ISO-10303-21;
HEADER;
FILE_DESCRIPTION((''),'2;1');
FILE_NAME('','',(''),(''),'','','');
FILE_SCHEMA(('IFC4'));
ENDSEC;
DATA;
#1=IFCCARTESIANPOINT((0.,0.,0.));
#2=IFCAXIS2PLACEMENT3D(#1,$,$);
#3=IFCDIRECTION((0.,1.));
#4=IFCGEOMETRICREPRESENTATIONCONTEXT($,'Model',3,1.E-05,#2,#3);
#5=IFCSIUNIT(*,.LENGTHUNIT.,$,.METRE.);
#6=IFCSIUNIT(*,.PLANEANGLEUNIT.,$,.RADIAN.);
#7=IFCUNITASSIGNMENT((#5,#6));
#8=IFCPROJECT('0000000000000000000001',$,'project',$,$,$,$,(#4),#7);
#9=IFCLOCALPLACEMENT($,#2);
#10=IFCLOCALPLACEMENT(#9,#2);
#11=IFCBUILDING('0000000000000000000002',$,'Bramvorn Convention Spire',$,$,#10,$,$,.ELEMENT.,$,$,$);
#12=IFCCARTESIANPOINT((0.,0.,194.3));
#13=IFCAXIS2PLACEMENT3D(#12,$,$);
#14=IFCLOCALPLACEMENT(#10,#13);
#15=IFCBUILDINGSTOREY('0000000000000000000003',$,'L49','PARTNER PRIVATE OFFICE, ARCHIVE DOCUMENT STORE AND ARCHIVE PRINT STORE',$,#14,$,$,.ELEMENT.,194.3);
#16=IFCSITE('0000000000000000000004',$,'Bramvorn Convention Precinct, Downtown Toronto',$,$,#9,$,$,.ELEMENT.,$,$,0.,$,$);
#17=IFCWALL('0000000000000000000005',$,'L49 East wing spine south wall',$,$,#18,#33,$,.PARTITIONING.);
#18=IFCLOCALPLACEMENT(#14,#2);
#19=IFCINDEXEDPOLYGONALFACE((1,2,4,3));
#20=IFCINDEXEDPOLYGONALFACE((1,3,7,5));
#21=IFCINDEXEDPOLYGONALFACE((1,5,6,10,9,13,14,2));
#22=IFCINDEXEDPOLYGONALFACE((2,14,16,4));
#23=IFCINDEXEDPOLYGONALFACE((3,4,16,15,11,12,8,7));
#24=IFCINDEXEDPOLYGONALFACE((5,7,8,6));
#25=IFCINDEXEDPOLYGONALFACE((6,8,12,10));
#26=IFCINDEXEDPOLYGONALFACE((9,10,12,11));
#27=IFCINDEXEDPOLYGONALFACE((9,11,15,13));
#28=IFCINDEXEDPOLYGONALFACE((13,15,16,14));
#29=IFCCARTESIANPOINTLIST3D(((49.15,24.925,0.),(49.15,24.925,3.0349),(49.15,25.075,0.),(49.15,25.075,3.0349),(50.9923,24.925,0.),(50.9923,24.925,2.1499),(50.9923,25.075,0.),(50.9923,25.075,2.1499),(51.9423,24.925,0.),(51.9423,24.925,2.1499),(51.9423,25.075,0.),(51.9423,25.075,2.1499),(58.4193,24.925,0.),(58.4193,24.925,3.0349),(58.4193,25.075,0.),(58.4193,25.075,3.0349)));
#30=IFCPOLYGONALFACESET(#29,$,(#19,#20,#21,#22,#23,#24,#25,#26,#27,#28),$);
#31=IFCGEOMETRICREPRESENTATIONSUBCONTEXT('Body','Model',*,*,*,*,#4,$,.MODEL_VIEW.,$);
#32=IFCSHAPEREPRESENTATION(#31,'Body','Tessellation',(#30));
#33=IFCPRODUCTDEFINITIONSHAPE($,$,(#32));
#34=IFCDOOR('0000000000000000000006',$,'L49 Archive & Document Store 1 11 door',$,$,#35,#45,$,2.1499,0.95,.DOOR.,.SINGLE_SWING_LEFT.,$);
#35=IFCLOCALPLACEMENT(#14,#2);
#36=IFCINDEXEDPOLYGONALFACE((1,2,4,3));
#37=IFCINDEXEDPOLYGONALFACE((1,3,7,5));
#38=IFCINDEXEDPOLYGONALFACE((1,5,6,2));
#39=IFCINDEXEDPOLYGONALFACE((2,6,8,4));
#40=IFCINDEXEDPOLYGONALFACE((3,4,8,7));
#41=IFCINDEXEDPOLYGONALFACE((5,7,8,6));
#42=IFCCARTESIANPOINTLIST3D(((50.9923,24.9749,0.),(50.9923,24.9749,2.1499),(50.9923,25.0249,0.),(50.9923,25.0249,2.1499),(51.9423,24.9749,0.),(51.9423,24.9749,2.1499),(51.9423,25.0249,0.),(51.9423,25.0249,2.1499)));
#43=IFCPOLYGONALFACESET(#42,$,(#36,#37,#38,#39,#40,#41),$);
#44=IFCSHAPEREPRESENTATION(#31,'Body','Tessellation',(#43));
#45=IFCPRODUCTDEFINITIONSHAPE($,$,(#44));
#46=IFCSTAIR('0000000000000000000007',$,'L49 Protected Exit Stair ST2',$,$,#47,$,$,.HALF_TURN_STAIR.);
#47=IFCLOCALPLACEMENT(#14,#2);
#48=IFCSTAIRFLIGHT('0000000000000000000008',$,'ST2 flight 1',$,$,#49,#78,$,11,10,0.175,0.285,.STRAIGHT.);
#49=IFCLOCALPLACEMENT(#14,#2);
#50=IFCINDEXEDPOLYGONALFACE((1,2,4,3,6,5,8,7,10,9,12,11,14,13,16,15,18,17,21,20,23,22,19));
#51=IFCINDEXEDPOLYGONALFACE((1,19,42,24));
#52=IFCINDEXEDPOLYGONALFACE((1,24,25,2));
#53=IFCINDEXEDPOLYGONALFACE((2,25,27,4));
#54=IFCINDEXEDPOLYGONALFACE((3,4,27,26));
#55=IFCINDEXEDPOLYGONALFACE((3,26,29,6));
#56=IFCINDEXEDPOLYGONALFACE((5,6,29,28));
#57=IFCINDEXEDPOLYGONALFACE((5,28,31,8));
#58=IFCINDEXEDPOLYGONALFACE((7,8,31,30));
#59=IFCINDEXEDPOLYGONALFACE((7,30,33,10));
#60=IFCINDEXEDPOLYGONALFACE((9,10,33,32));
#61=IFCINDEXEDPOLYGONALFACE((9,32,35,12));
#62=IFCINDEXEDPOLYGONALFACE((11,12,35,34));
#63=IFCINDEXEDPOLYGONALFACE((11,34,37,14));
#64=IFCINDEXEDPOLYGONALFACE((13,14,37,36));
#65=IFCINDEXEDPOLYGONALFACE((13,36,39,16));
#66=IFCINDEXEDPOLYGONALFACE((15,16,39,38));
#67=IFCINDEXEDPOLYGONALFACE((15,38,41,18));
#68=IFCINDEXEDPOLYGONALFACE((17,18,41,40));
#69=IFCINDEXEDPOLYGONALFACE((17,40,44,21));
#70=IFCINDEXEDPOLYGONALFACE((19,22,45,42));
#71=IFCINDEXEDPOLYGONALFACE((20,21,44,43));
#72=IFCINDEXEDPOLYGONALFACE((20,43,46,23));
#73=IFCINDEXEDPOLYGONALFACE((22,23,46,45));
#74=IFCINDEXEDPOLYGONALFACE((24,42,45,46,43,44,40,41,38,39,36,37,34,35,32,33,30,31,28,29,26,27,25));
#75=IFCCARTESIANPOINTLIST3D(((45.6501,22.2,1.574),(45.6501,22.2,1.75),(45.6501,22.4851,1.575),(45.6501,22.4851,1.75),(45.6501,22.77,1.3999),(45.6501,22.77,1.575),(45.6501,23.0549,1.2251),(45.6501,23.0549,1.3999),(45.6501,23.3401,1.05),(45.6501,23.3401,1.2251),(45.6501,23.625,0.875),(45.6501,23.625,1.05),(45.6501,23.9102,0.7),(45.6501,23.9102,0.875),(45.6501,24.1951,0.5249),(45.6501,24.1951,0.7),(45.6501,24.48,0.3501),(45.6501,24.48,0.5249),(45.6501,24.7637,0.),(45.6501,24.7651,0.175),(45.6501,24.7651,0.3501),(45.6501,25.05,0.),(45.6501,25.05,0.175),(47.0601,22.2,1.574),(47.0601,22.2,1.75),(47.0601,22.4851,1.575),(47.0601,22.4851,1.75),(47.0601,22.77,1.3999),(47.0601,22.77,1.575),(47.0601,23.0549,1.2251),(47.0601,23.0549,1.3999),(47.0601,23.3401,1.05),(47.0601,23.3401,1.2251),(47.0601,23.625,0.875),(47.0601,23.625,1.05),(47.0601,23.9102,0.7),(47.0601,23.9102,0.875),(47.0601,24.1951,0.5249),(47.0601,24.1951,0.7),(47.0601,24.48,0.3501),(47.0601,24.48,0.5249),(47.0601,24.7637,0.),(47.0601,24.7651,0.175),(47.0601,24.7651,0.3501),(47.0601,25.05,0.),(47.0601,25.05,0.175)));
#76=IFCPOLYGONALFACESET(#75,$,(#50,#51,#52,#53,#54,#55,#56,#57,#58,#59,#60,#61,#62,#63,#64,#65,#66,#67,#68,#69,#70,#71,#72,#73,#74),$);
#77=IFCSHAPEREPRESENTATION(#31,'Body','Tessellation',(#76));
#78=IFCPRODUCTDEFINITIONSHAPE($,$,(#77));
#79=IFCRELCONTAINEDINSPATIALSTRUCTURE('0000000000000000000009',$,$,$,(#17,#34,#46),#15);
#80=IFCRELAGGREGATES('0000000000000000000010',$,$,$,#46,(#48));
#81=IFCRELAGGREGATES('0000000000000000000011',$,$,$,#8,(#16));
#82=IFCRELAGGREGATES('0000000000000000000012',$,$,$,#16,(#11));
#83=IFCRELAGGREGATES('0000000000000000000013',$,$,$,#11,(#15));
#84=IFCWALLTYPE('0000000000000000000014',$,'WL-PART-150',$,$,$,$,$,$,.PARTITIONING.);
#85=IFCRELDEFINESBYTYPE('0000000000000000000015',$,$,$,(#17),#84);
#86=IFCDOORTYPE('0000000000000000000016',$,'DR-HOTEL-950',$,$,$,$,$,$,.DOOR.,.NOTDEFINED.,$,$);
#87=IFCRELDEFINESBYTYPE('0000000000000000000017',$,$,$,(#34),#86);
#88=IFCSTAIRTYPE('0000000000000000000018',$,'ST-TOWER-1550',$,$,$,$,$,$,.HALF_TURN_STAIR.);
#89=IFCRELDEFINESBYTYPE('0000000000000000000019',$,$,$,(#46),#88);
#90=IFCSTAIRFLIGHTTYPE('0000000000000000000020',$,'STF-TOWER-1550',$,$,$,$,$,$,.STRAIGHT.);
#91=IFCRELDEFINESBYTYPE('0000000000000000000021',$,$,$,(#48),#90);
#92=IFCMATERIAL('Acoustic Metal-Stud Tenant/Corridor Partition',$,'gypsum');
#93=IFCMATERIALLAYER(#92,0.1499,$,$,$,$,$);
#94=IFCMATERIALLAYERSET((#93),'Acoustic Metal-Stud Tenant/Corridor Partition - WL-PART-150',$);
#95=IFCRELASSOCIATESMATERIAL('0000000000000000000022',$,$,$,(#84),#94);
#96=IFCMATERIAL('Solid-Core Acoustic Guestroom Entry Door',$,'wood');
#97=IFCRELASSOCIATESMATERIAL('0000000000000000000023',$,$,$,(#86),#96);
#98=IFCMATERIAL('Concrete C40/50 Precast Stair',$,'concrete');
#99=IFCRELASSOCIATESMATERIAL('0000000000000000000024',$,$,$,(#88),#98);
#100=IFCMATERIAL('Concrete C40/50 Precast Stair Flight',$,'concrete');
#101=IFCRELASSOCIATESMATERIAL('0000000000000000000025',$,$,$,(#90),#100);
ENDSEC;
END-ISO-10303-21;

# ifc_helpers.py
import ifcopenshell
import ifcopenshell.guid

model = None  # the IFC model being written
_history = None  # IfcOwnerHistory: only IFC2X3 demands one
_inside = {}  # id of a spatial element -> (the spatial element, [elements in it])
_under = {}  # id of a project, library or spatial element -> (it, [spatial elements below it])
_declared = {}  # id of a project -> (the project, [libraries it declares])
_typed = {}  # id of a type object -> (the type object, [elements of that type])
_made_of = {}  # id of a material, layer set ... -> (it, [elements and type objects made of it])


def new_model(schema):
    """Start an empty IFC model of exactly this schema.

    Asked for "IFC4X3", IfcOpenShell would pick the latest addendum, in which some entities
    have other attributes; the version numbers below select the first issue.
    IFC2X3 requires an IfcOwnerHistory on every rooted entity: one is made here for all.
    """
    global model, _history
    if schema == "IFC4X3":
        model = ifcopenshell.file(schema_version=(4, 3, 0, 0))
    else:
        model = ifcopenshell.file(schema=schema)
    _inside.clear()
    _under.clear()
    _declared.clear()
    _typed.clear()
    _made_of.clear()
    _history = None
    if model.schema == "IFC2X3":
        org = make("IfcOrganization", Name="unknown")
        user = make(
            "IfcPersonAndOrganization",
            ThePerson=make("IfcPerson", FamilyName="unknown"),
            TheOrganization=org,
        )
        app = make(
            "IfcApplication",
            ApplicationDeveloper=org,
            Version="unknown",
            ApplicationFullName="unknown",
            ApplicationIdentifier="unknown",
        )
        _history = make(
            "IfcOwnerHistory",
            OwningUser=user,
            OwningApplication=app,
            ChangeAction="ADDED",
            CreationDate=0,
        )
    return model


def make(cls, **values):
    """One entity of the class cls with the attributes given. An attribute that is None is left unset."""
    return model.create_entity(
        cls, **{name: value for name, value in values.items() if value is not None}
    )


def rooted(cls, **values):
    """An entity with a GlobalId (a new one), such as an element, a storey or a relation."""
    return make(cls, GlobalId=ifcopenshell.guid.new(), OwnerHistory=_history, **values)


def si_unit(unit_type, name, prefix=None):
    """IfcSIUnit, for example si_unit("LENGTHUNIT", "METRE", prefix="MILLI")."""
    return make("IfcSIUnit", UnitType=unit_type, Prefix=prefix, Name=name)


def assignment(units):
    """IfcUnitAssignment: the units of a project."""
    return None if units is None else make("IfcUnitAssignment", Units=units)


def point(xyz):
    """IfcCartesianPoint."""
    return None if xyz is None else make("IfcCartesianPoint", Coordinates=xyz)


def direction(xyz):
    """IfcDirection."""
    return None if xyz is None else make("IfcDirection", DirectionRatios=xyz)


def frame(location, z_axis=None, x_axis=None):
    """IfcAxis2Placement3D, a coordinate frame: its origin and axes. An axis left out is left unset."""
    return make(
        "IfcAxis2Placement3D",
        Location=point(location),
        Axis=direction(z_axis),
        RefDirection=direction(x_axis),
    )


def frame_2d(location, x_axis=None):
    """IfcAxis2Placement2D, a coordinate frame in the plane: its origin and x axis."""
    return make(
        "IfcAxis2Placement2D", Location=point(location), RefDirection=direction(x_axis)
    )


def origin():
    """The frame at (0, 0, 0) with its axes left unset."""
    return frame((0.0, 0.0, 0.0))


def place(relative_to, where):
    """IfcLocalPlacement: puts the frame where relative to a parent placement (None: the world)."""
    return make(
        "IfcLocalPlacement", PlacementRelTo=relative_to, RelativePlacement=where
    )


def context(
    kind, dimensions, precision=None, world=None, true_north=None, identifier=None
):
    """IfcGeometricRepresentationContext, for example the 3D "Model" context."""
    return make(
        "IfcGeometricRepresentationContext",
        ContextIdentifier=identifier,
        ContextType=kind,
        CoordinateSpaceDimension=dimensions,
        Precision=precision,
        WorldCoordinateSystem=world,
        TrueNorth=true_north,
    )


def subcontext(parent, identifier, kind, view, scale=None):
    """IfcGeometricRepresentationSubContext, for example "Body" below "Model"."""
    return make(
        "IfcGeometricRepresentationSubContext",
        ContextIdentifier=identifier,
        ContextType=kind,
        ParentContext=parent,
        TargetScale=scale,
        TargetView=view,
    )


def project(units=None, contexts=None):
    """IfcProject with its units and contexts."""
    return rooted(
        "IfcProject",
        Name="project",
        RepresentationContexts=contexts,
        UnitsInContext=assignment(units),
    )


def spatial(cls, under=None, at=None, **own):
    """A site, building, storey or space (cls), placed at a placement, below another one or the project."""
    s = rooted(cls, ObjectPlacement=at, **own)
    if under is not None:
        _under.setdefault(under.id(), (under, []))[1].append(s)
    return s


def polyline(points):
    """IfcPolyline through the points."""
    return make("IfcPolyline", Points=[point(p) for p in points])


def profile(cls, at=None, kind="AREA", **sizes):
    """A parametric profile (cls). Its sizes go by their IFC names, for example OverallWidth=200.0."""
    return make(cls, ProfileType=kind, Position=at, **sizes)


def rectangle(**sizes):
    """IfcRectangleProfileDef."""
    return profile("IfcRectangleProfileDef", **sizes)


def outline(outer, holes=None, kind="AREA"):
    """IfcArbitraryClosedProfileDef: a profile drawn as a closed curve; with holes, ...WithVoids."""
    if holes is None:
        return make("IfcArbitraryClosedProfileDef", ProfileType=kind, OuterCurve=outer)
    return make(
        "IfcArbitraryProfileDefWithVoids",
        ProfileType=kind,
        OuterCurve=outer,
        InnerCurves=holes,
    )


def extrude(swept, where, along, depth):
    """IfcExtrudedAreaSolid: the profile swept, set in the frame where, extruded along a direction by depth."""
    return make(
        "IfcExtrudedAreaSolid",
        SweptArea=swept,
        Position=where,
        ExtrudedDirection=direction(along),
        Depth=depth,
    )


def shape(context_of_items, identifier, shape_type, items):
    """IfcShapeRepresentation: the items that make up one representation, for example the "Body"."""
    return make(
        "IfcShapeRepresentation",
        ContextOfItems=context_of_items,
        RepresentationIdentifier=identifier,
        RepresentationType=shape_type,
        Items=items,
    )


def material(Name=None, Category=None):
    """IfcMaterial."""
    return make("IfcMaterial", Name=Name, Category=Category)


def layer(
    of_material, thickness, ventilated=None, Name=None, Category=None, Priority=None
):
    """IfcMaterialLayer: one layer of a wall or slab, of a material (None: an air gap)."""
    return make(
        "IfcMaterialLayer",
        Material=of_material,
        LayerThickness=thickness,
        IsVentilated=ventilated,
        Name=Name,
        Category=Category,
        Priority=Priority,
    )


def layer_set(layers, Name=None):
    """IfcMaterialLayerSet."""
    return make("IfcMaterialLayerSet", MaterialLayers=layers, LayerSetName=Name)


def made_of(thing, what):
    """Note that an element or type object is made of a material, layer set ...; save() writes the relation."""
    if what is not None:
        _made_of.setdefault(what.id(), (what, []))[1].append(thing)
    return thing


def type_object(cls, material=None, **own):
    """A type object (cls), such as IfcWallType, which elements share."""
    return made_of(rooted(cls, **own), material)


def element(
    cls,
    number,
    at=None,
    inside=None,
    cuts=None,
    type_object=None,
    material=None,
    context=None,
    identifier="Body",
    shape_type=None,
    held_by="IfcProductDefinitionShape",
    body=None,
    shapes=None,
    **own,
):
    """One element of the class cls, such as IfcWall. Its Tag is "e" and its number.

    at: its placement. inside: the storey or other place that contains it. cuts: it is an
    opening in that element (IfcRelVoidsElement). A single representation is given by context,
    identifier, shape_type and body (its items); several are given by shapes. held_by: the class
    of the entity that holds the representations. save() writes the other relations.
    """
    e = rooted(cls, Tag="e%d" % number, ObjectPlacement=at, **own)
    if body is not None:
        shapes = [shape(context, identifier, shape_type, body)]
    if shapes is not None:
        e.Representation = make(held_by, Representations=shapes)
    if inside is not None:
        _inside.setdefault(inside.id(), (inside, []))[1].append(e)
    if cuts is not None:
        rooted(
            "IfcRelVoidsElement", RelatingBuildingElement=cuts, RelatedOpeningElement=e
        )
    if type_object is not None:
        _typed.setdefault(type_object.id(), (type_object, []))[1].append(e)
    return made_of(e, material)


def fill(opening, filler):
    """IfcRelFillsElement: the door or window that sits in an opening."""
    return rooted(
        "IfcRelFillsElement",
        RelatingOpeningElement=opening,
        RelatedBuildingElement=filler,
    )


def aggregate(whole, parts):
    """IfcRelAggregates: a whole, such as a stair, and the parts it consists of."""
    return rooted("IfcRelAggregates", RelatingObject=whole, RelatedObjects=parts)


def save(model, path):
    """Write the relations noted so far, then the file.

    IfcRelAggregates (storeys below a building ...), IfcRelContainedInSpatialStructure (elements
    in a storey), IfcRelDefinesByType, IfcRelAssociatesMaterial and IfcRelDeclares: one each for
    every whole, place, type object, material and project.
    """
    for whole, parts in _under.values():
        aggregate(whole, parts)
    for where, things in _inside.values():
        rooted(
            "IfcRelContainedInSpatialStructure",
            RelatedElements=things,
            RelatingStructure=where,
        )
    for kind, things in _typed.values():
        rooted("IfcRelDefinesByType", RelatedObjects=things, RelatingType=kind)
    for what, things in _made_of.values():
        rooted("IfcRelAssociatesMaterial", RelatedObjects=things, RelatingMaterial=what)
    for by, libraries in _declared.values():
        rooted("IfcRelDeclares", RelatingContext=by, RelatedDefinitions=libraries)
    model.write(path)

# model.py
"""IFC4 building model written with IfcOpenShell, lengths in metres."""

from ifc_helpers import new_model, si_unit, direction, frame, frame_2d, origin, place, context, subcontext, project, spatial, polyline, rectangle, outline, extrude, material, layer, layer_set, type_object, element, fill, aggregate, save


model = new_model("IFC4")

# Units and contexts
model_context = context("Model", 3, precision=1e-05, world=origin(), true_north=direction((0.0, 1.0)))
body_context = subcontext(model_context, "Body", "Model", "MODEL_VIEW")
ifc_project = project(units=[si_unit("LENGTHUNIT", "METRE"), si_unit("PLANEANGLEUNIT", "RADIAN")], contexts=[model_context])

# Site, building, storey
site_placement = place(None, origin())
site = spatial("IfcSite", under=ifc_project, at=site_placement, Name="Bramvorn Convention Precinct, Downtown Toronto", CompositionType="ELEMENT", RefElevation=0.0)
building_placement = place(site_placement, origin())
building = spatial("IfcBuilding", under=site, at=building_placement, Name="Bramvorn Convention Spire", CompositionType="ELEMENT")
storey_placement = place(building_placement, frame((0.0, 0.0, 194.3)))
storey = spatial("IfcBuildingStorey", under=building, at=storey_placement, Name="L49", Description="PARTNER PRIVATE OFFICE, ARCHIVE DOCUMENT STORE AND ARCHIVE PRINT STORE", CompositionType="ELEMENT", Elevation=194.3)

# Shared definitions
ifc_material_1 = material(Name="Acoustic Metal-Stud Tenant/Corridor Partition", Category="gypsum")
ifc_layer_1 = layer(ifc_material_1, 0.1499)
ifc_layer_set_1 = layer_set([ifc_layer_1], Name="Acoustic Metal-Stud Tenant/Corridor Partition - WL-PART-150")
wall_type_1 = type_object("IfcWallType", Name="WL-PART-150", PredefinedType="PARTITIONING", material=ifc_layer_set_1)

# Wall, opening, door
wall_1_placement = place(storey_placement, frame((49.1499, 25.0, 0.0), z_axis=(0.0, 0.0, 1.0), x_axis=(1.0, 0.0, 0.0)))
wall_1 = element("IfcWall", 1, at=wall_1_placement, inside=storey, type_object=wall_type_1, Name="L49 East wing spine south wall", PredefinedType="PARTITIONING", context=body_context, shape_type="SweptSolid", body=[
    extrude(rectangle(XDim=9.2693, YDim=0.1499, at=frame_2d((4.6348, 0.0))), origin(), (0.0, 0.0, 1.0), 3.0349),
])
opening_1_placement = place(wall_1_placement, frame((1.8423, 0.0, 0.0)))
opening_1 = element("IfcOpeningElement", 2, at=opening_1_placement, cuts=wall_1, PredefinedType="OPENING", context=body_context, shape_type="SweptSolid", body=[
    extrude(rectangle(XDim=0.95, YDim=2.1499, at=frame_2d((0.4751, 1.075))), frame((0.0, 0.085, 0.0), z_axis=(0.0, -1.0, 0.0), x_axis=(1.0, 0.0, 0.0)), (0.0, 0.0, 1.0), 0.1699),
])
ifc_material_2 = material(Name="Solid-Core Acoustic Guestroom Entry Door", Category="wood")
door_type_1 = type_object("IfcDoorType", Name="DR-HOTEL-950", OperationType="NOTDEFINED", PredefinedType="DOOR", material=ifc_material_2)
door_1_placement = place(opening_1_placement, origin())
door_1 = element("IfcDoor", 3, at=door_1_placement, inside=storey, type_object=door_type_1, Name="L49 Archive & Document Store 1 11 door", OperationType="SINGLE_SWING_LEFT", OverallHeight=2.1499, OverallWidth=0.95, PredefinedType="DOOR", context=body_context, shape_type="SweptSolid", body=[
    extrude(rectangle(XDim=0.95, YDim=2.1499, at=frame_2d((0.4751, 1.075))), frame((0.0, 0.0249, 0.0), z_axis=(0.0, -1.0, 0.0), x_axis=(1.0, 0.0, 0.0)), (0.0, 0.0, 1.0), 0.05),
])
fill(opening_1, door_1)

# Stair, stair flight
ifc_material_3 = material(Name="Concrete C40/50 Precast Stair", Category="concrete")
stair_type = type_object("IfcStairType", Name="ST-TOWER-1550", PredefinedType="HALF_TURN_STAIR", material=ifc_material_3)
stair_placement = place(storey_placement, origin())
stair = element("IfcStair", 4, at=stair_placement, inside=storey, type_object=stair_type, Name="L49 Protected Exit Stair ST2", PredefinedType="HALF_TURN_STAIR")
ifc_material_4 = material(Name="Concrete C40/50 Precast Stair Flight", Category="concrete")
stair_flight_type = type_object("IfcStairFlightType", Name="STF-TOWER-1550", PredefinedType="STRAIGHT", material=ifc_material_4)
stair_flight_placement = place(storey_placement, frame((46.355, 25.05, 0.0), z_axis=(0.0, 0.0, 1.0), x_axis=(0.0, -1.0, 0.0)))
stair_flight = element("IfcStairFlight", 5, at=stair_flight_placement, type_object=stair_flight_type, Name="ST2 flight 1", NumberOfRisers=11, NumberOfTreads=10, PredefinedType="STRAIGHT", RiserHeight=0.175, TreadLength=0.285, context=body_context, shape_type="SweptSolid", body=[
    extrude(outline(polyline([(0.0, 0.0), (0.0, 0.175), (0.2849, 0.175), (0.2849, 0.3501), (0.5701, 0.3501), (0.5701, 0.5249), (0.855, 0.5249), (0.855, 0.7), (1.1399, 0.7), (1.1399, 0.875), (1.425, 0.875), (1.425, 1.05), (1.71, 1.05), (1.71, 1.2251), (1.9951, 1.2251), (1.9951, 1.3999), (2.28, 1.3999), (2.28, 1.575), (2.5649, 1.575), (2.5649, 1.75), (2.8501, 1.75), (2.8501, 1.925), (2.8501, 1.574), (0.2864, 0.0), (0.0, 0.0)])), frame((0.0, 0.7051, 0.0), z_axis=(0.0, -1.0, 0.0), x_axis=(1.0, 0.0, 0.0)), (0.0, 0.0, 1.0), 1.4099),
])
aggregate(stair, [stair_flight])

save(model, "model.ifc")
